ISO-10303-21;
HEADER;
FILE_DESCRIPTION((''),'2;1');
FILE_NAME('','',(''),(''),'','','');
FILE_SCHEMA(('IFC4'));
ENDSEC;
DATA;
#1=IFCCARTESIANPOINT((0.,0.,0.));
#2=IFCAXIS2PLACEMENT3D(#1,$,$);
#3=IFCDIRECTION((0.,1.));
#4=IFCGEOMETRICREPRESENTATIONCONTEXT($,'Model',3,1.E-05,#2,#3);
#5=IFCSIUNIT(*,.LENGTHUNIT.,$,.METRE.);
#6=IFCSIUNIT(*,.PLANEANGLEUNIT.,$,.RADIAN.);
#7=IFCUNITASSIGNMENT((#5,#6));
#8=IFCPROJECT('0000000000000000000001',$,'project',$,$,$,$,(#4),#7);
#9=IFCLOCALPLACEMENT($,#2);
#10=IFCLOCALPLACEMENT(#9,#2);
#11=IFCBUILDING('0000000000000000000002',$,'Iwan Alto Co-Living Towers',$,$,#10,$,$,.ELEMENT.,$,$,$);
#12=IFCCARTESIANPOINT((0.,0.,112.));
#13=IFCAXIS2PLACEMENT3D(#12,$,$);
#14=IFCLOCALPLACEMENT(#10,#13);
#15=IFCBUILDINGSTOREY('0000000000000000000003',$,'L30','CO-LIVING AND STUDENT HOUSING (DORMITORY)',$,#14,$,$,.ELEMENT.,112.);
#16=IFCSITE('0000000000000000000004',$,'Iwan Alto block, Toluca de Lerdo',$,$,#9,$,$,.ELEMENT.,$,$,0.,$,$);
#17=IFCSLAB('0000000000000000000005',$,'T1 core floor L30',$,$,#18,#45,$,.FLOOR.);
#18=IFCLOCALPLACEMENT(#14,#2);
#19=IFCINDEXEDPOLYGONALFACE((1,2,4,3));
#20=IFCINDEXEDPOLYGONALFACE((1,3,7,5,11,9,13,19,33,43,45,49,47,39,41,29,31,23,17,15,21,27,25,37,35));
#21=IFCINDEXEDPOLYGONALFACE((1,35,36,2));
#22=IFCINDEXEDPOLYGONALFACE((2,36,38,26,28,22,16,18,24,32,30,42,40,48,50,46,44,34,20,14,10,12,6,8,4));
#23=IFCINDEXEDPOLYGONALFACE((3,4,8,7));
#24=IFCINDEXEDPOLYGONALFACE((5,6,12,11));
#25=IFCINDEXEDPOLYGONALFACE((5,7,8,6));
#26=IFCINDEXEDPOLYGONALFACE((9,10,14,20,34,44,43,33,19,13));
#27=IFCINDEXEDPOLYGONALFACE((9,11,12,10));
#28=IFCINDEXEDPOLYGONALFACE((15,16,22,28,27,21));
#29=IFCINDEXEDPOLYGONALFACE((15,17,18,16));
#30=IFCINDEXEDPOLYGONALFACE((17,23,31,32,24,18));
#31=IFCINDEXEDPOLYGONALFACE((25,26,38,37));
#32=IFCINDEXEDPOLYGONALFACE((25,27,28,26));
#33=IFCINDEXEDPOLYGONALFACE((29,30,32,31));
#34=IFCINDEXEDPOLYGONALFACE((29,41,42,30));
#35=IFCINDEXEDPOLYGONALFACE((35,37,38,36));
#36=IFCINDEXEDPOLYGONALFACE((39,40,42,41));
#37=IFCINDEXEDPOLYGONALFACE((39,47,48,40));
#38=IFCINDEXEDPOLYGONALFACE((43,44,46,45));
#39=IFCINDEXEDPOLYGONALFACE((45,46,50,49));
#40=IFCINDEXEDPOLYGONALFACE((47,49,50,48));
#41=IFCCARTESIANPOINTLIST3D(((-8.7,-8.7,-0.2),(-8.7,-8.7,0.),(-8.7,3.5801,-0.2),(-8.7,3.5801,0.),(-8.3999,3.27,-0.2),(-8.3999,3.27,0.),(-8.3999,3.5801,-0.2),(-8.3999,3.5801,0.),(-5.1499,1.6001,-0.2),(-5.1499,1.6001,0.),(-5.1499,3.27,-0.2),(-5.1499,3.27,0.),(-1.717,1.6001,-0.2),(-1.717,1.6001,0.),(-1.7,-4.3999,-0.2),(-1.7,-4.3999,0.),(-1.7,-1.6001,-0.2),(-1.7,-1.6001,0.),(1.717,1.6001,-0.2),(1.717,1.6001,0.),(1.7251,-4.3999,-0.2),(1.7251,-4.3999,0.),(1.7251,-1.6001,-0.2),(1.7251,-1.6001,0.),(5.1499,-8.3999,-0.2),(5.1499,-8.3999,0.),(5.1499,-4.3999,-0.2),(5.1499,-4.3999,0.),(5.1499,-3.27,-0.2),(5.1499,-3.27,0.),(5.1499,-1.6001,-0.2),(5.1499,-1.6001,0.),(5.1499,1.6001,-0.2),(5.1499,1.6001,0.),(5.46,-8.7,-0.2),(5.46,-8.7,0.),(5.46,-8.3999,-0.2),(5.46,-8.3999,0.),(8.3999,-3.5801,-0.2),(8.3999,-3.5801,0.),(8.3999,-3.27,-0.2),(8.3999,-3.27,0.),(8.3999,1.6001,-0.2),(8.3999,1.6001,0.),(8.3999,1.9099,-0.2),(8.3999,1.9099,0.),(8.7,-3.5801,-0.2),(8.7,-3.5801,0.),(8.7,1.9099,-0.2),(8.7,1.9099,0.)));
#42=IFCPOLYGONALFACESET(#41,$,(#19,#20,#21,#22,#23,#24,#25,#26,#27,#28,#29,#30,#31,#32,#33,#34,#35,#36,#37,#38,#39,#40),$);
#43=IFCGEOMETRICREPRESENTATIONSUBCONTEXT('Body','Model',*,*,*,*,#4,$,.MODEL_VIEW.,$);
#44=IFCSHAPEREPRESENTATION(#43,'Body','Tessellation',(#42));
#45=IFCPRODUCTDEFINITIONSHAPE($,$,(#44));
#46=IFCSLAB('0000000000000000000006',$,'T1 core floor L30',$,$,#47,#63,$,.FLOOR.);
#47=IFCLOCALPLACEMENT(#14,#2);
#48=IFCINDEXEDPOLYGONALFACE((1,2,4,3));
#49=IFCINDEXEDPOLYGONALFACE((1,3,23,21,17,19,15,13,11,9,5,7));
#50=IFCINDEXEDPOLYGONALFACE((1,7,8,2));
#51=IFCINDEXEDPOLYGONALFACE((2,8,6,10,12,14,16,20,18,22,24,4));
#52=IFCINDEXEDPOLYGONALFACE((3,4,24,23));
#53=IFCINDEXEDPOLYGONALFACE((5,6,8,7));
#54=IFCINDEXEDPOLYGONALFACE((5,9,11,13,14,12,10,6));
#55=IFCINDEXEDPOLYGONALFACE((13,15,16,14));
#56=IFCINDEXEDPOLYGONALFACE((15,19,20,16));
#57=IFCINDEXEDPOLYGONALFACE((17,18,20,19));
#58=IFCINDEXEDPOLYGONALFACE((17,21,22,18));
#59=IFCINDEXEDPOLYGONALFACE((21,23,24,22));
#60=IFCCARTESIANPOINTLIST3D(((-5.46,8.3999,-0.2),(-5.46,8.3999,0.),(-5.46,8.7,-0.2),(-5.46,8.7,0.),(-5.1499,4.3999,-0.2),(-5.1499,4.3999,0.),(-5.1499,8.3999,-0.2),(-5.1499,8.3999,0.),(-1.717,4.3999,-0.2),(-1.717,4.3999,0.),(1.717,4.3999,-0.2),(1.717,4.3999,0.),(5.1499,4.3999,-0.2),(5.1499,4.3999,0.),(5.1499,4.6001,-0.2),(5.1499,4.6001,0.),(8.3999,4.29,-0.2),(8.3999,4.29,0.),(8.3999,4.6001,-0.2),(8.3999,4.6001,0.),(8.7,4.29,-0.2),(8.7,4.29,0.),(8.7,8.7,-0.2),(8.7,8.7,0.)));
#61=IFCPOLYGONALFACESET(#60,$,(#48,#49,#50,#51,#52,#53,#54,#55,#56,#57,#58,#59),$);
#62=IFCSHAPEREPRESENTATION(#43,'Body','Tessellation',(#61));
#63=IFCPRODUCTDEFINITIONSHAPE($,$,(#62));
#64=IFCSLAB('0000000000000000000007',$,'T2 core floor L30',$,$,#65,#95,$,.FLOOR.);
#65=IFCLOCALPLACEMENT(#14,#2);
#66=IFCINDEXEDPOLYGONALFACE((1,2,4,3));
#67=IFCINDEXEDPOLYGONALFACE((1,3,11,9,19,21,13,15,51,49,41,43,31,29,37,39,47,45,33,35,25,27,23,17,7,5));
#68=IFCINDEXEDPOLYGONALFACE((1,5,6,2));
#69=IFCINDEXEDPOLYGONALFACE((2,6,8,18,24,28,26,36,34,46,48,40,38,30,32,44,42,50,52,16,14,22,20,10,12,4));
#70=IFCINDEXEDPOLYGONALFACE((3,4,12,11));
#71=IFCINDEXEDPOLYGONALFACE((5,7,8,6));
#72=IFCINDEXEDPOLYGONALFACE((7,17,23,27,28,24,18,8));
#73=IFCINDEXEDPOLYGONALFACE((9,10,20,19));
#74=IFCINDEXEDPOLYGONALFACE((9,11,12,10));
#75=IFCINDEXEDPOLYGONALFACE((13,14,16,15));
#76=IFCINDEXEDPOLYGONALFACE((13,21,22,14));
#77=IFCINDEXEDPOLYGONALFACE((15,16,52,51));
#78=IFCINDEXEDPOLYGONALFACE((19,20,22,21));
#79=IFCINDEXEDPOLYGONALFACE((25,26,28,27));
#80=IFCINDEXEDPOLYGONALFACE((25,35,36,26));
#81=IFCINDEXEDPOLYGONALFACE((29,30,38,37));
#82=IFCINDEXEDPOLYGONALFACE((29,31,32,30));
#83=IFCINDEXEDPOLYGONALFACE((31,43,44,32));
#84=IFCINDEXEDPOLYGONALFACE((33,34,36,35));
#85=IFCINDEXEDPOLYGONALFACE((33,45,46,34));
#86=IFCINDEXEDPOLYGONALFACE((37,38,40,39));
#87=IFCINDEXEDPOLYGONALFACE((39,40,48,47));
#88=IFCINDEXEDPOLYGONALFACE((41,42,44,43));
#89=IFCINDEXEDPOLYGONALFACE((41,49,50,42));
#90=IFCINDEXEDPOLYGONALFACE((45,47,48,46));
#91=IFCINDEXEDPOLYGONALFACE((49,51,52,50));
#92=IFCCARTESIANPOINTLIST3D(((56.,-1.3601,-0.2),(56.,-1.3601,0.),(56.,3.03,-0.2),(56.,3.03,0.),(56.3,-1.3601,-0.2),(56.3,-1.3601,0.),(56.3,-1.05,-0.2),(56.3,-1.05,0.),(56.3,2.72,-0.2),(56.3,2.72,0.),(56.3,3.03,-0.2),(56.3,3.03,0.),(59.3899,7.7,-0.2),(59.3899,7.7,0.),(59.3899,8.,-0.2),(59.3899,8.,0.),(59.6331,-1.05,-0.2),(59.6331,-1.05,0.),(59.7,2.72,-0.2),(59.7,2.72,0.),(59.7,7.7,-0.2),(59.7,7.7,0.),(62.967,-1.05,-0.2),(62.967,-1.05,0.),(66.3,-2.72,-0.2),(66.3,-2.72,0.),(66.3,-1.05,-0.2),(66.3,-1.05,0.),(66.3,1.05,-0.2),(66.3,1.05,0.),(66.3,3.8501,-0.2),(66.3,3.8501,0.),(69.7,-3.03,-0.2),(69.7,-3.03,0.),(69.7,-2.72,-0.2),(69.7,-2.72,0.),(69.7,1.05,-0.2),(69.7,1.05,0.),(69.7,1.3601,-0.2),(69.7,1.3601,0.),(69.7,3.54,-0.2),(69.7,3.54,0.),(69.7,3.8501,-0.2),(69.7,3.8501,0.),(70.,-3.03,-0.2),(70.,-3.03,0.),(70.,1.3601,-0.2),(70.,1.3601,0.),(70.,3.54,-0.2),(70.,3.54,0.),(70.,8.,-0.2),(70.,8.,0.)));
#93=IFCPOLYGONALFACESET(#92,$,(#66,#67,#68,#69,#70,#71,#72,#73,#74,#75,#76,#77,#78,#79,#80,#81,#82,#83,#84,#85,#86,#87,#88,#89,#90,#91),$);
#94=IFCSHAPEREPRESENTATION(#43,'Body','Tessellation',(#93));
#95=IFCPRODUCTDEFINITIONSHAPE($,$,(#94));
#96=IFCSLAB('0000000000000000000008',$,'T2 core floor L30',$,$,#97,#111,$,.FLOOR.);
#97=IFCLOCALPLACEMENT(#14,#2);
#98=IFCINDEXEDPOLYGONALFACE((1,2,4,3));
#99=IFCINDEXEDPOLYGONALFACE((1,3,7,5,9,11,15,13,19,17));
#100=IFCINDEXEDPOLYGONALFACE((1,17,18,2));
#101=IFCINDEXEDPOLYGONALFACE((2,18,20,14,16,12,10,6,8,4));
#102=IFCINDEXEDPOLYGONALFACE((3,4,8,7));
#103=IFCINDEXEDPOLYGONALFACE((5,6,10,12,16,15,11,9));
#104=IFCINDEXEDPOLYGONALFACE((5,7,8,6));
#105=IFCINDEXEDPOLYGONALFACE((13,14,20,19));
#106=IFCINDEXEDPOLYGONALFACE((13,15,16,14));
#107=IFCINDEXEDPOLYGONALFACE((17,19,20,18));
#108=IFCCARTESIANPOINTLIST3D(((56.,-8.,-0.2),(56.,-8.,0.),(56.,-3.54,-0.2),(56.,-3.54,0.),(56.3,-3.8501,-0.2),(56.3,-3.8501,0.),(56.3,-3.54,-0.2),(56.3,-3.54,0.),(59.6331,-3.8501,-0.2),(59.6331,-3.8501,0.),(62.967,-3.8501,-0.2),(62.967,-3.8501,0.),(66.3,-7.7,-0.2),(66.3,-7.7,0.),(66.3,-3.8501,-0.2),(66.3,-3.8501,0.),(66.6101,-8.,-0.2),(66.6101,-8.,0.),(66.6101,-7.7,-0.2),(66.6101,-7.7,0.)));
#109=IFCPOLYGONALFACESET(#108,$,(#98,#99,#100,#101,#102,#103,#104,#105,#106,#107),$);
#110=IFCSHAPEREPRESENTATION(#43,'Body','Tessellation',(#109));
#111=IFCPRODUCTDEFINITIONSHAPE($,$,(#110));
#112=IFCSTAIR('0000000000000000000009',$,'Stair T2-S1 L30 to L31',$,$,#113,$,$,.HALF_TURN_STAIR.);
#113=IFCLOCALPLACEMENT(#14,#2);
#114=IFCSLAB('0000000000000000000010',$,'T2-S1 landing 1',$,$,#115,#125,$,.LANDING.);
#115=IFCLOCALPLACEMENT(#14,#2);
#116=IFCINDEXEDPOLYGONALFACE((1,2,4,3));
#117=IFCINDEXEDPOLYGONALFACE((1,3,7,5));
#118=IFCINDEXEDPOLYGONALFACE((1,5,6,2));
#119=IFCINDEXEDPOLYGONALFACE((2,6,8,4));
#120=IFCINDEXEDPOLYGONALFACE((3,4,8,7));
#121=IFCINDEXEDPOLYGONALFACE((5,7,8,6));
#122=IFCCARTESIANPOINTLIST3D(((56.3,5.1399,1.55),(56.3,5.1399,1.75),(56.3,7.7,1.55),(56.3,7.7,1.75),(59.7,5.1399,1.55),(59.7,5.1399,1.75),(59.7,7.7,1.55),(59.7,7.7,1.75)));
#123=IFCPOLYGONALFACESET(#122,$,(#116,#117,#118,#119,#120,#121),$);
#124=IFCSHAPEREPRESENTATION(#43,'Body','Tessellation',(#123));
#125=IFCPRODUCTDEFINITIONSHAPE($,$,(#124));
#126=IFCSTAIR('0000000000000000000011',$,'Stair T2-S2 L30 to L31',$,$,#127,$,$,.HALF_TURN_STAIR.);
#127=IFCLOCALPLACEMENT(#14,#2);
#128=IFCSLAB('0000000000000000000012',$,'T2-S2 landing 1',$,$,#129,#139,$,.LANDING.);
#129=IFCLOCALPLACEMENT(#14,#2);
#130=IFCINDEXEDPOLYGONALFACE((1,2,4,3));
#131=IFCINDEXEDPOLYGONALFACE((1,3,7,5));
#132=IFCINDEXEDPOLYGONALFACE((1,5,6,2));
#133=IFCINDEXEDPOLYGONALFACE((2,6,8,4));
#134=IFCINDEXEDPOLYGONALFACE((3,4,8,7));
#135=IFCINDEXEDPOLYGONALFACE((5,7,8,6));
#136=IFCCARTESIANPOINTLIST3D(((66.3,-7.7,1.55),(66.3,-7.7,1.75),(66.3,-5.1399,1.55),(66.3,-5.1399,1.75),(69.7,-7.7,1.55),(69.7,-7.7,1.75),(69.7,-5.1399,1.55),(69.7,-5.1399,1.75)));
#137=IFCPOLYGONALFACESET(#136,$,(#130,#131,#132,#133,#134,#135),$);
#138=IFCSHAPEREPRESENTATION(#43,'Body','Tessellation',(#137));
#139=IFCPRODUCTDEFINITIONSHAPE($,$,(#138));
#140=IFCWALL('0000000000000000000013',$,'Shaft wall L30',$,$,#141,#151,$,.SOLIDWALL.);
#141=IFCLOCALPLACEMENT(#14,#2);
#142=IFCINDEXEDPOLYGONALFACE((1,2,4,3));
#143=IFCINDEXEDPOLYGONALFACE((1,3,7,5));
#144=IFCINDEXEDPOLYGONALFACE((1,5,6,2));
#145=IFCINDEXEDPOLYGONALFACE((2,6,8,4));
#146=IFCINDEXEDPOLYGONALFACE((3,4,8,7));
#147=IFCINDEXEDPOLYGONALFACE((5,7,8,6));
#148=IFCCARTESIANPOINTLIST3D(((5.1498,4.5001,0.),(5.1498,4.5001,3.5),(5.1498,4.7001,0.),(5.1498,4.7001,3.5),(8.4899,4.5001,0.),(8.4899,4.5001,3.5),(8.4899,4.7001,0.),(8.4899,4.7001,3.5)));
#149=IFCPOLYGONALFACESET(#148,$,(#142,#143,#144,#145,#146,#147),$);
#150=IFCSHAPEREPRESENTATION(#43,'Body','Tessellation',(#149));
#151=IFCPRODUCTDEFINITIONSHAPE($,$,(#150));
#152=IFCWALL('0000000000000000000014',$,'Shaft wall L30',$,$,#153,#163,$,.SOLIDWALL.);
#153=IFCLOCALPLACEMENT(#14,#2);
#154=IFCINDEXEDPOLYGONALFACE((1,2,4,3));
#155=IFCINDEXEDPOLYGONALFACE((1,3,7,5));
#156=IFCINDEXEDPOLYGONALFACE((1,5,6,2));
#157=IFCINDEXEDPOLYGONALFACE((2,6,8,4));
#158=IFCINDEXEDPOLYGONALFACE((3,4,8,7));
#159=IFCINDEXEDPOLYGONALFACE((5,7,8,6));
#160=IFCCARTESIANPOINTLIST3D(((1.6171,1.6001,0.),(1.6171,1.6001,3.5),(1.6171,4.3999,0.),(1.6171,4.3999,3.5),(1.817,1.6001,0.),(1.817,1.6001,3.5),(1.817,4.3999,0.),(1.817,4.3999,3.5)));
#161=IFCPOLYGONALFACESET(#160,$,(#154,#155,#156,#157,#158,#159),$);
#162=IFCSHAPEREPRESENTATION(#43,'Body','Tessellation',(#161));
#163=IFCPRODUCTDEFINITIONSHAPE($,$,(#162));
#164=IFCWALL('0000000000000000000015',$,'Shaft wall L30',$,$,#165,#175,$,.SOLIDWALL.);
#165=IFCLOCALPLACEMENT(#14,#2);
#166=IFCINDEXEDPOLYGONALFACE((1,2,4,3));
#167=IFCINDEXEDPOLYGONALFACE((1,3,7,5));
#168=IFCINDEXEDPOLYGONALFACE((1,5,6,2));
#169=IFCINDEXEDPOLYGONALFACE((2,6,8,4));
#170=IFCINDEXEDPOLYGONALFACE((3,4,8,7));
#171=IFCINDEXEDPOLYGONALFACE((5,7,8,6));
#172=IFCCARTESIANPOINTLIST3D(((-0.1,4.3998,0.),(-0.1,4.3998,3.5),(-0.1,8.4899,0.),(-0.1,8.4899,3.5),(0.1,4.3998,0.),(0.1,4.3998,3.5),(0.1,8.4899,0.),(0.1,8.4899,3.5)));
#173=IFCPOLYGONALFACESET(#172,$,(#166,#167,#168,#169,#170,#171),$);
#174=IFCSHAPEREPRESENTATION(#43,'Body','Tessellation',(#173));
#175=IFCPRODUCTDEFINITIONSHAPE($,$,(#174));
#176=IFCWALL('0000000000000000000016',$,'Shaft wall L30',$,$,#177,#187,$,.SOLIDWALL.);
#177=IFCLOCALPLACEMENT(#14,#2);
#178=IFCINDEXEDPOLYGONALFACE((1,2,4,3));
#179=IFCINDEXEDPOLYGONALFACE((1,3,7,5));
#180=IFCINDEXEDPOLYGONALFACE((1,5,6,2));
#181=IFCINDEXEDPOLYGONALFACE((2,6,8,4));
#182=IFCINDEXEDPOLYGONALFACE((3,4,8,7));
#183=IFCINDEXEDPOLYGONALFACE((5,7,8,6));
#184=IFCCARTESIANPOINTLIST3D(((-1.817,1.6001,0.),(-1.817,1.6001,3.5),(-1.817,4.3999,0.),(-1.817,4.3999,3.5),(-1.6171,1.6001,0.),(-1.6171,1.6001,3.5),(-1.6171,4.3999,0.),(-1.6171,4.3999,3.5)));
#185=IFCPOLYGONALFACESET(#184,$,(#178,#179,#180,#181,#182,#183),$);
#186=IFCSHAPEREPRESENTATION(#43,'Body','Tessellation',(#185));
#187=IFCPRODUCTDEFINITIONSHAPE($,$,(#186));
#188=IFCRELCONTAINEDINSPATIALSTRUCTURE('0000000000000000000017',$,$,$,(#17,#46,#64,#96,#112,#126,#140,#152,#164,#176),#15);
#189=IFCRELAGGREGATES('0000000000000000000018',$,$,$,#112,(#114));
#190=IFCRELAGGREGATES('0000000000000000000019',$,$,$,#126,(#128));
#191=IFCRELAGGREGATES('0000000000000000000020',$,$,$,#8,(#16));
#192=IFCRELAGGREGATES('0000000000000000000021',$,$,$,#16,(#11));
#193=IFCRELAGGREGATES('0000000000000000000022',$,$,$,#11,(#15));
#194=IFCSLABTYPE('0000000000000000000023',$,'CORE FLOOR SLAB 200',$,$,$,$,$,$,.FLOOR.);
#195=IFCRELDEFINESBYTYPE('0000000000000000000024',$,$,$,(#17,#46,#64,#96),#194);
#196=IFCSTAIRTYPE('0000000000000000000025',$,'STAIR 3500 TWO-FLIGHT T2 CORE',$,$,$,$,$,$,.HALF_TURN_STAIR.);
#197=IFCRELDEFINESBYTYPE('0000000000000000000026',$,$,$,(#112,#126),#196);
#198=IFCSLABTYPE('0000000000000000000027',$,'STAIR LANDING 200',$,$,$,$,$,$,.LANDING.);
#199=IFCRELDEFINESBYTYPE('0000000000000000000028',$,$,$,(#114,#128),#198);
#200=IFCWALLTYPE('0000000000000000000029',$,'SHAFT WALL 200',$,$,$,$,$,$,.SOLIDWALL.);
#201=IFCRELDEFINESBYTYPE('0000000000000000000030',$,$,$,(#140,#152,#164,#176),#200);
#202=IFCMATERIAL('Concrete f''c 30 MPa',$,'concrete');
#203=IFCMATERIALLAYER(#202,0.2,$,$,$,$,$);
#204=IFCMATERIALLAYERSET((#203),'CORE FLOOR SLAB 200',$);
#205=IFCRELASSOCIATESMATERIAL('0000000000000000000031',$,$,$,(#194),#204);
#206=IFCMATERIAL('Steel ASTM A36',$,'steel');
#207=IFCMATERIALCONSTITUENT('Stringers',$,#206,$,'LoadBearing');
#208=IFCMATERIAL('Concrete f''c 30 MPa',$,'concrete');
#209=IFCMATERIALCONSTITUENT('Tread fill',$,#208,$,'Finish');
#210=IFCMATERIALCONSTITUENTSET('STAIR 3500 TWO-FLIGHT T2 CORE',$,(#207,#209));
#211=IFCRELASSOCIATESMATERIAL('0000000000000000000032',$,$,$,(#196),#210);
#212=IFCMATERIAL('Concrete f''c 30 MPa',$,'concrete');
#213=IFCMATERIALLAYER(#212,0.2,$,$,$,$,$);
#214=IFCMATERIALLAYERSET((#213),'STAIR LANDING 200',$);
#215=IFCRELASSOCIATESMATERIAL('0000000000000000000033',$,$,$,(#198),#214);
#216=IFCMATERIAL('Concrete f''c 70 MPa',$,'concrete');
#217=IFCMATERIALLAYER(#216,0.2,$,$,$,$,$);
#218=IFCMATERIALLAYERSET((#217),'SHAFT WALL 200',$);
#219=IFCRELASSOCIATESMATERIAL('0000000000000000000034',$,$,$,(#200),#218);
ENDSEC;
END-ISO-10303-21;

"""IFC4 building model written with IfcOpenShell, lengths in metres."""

from ifc_helpers import new_model, si_unit, direction, frame, frame_2d, origin, place, context, subcontext, project, spatial, polyline, rectangle, outline, extrude, material, layer, layer_set, constituent, constituent_set, type_object, element, aggregate, save


model = new_model("IFC4")

# Units and contexts
model_context = context("Model", 3, precision=1e-05, world=origin(), true_north=direction((0.0, 1.0)))
body_context = subcontext(model_context, "Body", "Model", "MODEL_VIEW")
ifc_project = project(units=[si_unit("LENGTHUNIT", "METRE"), si_unit("PLANEANGLEUNIT", "RADIAN")], contexts=[model_context])

# Site, building, storey
site_placement = place(None, origin())
site = spatial("IfcSite", under=ifc_project, at=site_placement, Name="Iwan Alto block, Toluca de Lerdo", CompositionType="ELEMENT", RefElevation=0.0)
building_placement = place(site_placement, origin())
building = spatial("IfcBuilding", under=site, at=building_placement, Name="Iwan Alto Co-Living Towers", CompositionType="ELEMENT")
storey_placement = place(building_placement, frame((0.0, 0.0, 112.0)))
storey = spatial("IfcBuildingStorey", under=building, at=storey_placement, Name="L30", Description="CO-LIVING AND STUDENT HOUSING (DORMITORY)", CompositionType="ELEMENT", Elevation=112.0)

# Slabs
ifc_material_1 = material(Name="Concrete f'c 30 MPa", Category="concrete")
ifc_layer_1 = layer(ifc_material_1, 0.2)
ifc_layer_set_1 = layer_set([ifc_layer_1], Name="CORE FLOOR SLAB 200")
slab_type_1 = type_object("IfcSlabType", Name="CORE FLOOR SLAB 200", PredefinedType="FLOOR", material=ifc_layer_set_1)
slab_1_placement = place(storey_placement, frame((0.0, 0.0, -0.2)))
element("IfcSlab", 1, at=slab_1_placement, inside=storey, type_object=slab_type_1, Name="T1 core floor L30", PredefinedType="FLOOR", context=body_context, shape_type="SweptSolid", body=[
    extrude(outline(polyline([(5.1499, -1.6001), (1.7251, -1.6001), (-1.7, -1.6001), (-1.7, -4.3999), (1.7251, -4.3999), (5.1499, -4.3999), (5.1499, -8.3999), (5.46, -8.3999), (5.46, -8.7), (-8.7, -8.7), (-8.7, 3.5801), (-8.3999, 3.5801), (-8.3999, 3.27), (-5.1499, 3.27), (-5.1499, 1.6001), (-1.717, 1.6001), (1.717, 1.6001), (5.1499, 1.6001), (8.3999, 1.6001), (8.3999, 1.9099), (8.7, 1.9099), (8.7, -3.5801), (8.3999, -3.5801), (8.3999, -3.27), (5.1499, -3.27), (5.1499, -1.6001)])), origin(), (0.0, 0.0, 1.0), 0.2),
])
slab_2_placement = place(storey_placement, frame((0.0, 0.0, -0.2)))
element("IfcSlab", 2, at=slab_2_placement, inside=storey, type_object=slab_type_1, Name="T1 core floor L30", PredefinedType="FLOOR", context=body_context, shape_type="SweptSolid", body=[
    extrude(outline(polyline([(1.717, 4.3999), (-1.717, 4.3999), (-5.1499, 4.3999), (-5.1499, 8.3999), (-5.46, 8.3999), (-5.46, 8.7), (8.7, 8.7), (8.7, 4.29), (8.3999, 4.29), (8.3999, 4.6001), (5.1499, 4.6001), (5.1499, 4.3999), (1.717, 4.3999)])), origin(), (0.0, 0.0, 1.0), 0.2),
])
slab_3_placement = place(storey_placement, frame((0.0, 0.0, -0.2)))
element("IfcSlab", 3, at=slab_3_placement, inside=storey, type_object=slab_type_1, Name="T2 core floor L30", PredefinedType="FLOOR", context=body_context, shape_type="SweptSolid", body=[
    extrude(outline(polyline([(70.0, -3.03), (69.7, -3.03), (69.7, -2.72), (66.3, -2.72), (66.3, -1.05), (62.967, -1.05), (59.6331, -1.05), (56.3, -1.05), (56.3, -1.3601), (56.0, -1.3601), (56.0, 3.03), (56.3, 3.03), (56.3, 2.72), (59.7, 2.72), (59.7, 7.7), (59.3899, 7.7), (59.3899, 8.0), (70.0, 8.0), (70.0, 3.54), (69.7, 3.54), (69.7, 3.8501), (66.3, 3.8501), (66.3, 1.05), (69.7, 1.05), (69.7, 1.3601), (70.0, 1.3601), (70.0, -3.03)])), origin(), (0.0, 0.0, 1.0), 0.2),
])
slab_4_placement = place(storey_placement, frame((0.0, 0.0, -0.2)))
element("IfcSlab", 4, at=slab_4_placement, inside=storey, type_object=slab_type_1, Name="T2 core floor L30", PredefinedType="FLOOR", context=body_context, shape_type="SweptSolid", body=[
    extrude(outline(polyline([(62.967, -3.8501), (66.3, -3.8501), (66.3, -7.7), (66.6101, -7.7), (66.6101, -8.0), (56.0, -8.0), (56.0, -3.54), (56.3, -3.54), (56.3, -3.8501), (59.6331, -3.8501), (62.967, -3.8501)])), origin(), (0.0, 0.0, 1.0), 0.2),
])

# Stairs, slabs
ifc_material_2 = material(Name="Steel ASTM A36", Category="steel")
ifc_constituent_1 = constituent(ifc_material_2, Name="Stringers", Category="LoadBearing")
ifc_material_3 = material(Name="Concrete f'c 30 MPa", Category="concrete")
ifc_constituent_2 = constituent(ifc_material_3, Name="Tread fill", Category="Finish")
ifc_constituent_set = constituent_set(constituents=[ifc_constituent_1, ifc_constituent_2], Name="STAIR 3500 TWO-FLIGHT T2 CORE")
stair_type = type_object("IfcStairType", Name="STAIR 3500 TWO-FLIGHT T2 CORE", PredefinedType="HALF_TURN_STAIR", material=ifc_constituent_set)
stair_1_placement = place(storey_placement, origin())
stair_1 = element("IfcStair", 5, at=stair_1_placement, inside=storey, type_object=stair_type, Name="Stair T2-S1 L30 to L31", PredefinedType="HALF_TURN_STAIR")
ifc_material_4 = material(Name="Concrete f'c 30 MPa", Category="concrete")
ifc_layer_2 = layer(ifc_material_4, 0.2)
ifc_layer_set_2 = layer_set([ifc_layer_2], Name="STAIR LANDING 200")
slab_type_2 = type_object("IfcSlabType", Name="STAIR LANDING 200", PredefinedType="LANDING", material=ifc_layer_set_2)
slab_5_placement = place(storey_placement, frame((0.0, 0.0, 1.55)))
slab_5 = element("IfcSlab", 6, at=slab_5_placement, type_object=slab_type_2, Name="T2-S1 landing 1", PredefinedType="LANDING", context=body_context, shape_type="SweptSolid", body=[
    extrude(outline(polyline([(56.3, 5.1399), (56.3, 7.7), (59.7, 7.7), (59.7, 5.1399), (56.3, 5.1399)])), origin(), (0.0, 0.0, 1.0), 0.2),
])
aggregate(stair_1, [slab_5])
stair_2_placement = place(storey_placement, origin())
stair_2 = element("IfcStair", 7, at=stair_2_placement, inside=storey, type_object=stair_type, Name="Stair T2-S2 L30 to L31", PredefinedType="HALF_TURN_STAIR")
slab_6_placement = place(storey_placement, frame((0.0, 0.0, 1.55)))
slab_6 = element("IfcSlab", 8, at=slab_6_placement, type_object=slab_type_2, Name="T2-S2 landing 1", PredefinedType="LANDING", context=body_context, shape_type="SweptSolid", body=[
    extrude(outline(polyline([(66.3, -5.1399), (66.3, -7.7), (69.7, -7.7), (69.7, -5.1399), (66.3, -5.1399)])), origin(), (0.0, 0.0, 1.0), 0.2),
])
aggregate(stair_2, [slab_6])

# Walls
ifc_material_5 = material(Name="Concrete f'c 70 MPa", Category="concrete")
ifc_layer_3 = layer(ifc_material_5, 0.2)
ifc_layer_set_3 = layer_set([ifc_layer_3], Name="SHAFT WALL 200")
wall_type_1 = type_object("IfcWallType", Name="SHAFT WALL 200", PredefinedType="SOLIDWALL", material=ifc_layer_set_3)
wall_1_placement = place(storey_placement, frame((5.1499, 4.6001, 0.0), z_axis=(0.0, 0.0, 1.0), x_axis=(1.0, 0.0, 0.0)))
element("IfcWall", 9, at=wall_1_placement, inside=storey, type_object=wall_type_1, Name="Shaft wall L30", PredefinedType="SOLIDWALL", context=body_context, shape_type="SweptSolid", body=[
    extrude(rectangle(XDim=3.3401, YDim=0.2, at=frame_2d((1.6699, 0.0))), origin(), (0.0, 0.0, 1.0), 3.5),
])
wall_2_placement = place(storey_placement, frame((1.717, 1.6001, 0.0), z_axis=(0.0, 0.0, 1.0), x_axis=(0.0, 1.0, 0.0)))
element("IfcWall", 10, at=wall_2_placement, inside=storey, type_object=wall_type_1, Name="Shaft wall L30", PredefinedType="SOLIDWALL", context=body_context, shape_type="SweptSolid", body=[
    extrude(rectangle(XDim=2.7998, YDim=0.2, at=frame_2d((1.3999, 0.0))), origin(), (0.0, 0.0, 1.0), 3.5),
])
wall_3_placement = place(storey_placement, frame((0.0, 4.3999, 0.0), z_axis=(0.0, 0.0, 1.0), x_axis=(0.0, 1.0, 0.0)))
element("IfcWall", 11, at=wall_3_placement, inside=storey, type_object=wall_type_1, Name="Shaft wall L30", PredefinedType="SOLIDWALL", context=body_context, shape_type="SweptSolid", body=[
    extrude(rectangle(XDim=4.0901, YDim=0.2, at=frame_2d((2.0449, 0.0))), origin(), (0.0, 0.0, 1.0), 3.5),
])
wall_4_placement = place(storey_placement, frame((-1.717, 1.6001, 0.0), z_axis=(0.0, 0.0, 1.0), x_axis=(0.0, 1.0, 0.0)))
element("IfcWall", 12, at=wall_4_placement, inside=storey, type_object=wall_type_1, Name="Shaft wall L30", PredefinedType="SOLIDWALL", context=body_context, shape_type="SweptSolid", body=[
    extrude(rectangle(XDim=2.7998, YDim=0.2, at=frame_2d((1.3999, 0.0))), origin(), (0.0, 0.0, 1.0), 3.5),
])

save(model, "model.ifc")
